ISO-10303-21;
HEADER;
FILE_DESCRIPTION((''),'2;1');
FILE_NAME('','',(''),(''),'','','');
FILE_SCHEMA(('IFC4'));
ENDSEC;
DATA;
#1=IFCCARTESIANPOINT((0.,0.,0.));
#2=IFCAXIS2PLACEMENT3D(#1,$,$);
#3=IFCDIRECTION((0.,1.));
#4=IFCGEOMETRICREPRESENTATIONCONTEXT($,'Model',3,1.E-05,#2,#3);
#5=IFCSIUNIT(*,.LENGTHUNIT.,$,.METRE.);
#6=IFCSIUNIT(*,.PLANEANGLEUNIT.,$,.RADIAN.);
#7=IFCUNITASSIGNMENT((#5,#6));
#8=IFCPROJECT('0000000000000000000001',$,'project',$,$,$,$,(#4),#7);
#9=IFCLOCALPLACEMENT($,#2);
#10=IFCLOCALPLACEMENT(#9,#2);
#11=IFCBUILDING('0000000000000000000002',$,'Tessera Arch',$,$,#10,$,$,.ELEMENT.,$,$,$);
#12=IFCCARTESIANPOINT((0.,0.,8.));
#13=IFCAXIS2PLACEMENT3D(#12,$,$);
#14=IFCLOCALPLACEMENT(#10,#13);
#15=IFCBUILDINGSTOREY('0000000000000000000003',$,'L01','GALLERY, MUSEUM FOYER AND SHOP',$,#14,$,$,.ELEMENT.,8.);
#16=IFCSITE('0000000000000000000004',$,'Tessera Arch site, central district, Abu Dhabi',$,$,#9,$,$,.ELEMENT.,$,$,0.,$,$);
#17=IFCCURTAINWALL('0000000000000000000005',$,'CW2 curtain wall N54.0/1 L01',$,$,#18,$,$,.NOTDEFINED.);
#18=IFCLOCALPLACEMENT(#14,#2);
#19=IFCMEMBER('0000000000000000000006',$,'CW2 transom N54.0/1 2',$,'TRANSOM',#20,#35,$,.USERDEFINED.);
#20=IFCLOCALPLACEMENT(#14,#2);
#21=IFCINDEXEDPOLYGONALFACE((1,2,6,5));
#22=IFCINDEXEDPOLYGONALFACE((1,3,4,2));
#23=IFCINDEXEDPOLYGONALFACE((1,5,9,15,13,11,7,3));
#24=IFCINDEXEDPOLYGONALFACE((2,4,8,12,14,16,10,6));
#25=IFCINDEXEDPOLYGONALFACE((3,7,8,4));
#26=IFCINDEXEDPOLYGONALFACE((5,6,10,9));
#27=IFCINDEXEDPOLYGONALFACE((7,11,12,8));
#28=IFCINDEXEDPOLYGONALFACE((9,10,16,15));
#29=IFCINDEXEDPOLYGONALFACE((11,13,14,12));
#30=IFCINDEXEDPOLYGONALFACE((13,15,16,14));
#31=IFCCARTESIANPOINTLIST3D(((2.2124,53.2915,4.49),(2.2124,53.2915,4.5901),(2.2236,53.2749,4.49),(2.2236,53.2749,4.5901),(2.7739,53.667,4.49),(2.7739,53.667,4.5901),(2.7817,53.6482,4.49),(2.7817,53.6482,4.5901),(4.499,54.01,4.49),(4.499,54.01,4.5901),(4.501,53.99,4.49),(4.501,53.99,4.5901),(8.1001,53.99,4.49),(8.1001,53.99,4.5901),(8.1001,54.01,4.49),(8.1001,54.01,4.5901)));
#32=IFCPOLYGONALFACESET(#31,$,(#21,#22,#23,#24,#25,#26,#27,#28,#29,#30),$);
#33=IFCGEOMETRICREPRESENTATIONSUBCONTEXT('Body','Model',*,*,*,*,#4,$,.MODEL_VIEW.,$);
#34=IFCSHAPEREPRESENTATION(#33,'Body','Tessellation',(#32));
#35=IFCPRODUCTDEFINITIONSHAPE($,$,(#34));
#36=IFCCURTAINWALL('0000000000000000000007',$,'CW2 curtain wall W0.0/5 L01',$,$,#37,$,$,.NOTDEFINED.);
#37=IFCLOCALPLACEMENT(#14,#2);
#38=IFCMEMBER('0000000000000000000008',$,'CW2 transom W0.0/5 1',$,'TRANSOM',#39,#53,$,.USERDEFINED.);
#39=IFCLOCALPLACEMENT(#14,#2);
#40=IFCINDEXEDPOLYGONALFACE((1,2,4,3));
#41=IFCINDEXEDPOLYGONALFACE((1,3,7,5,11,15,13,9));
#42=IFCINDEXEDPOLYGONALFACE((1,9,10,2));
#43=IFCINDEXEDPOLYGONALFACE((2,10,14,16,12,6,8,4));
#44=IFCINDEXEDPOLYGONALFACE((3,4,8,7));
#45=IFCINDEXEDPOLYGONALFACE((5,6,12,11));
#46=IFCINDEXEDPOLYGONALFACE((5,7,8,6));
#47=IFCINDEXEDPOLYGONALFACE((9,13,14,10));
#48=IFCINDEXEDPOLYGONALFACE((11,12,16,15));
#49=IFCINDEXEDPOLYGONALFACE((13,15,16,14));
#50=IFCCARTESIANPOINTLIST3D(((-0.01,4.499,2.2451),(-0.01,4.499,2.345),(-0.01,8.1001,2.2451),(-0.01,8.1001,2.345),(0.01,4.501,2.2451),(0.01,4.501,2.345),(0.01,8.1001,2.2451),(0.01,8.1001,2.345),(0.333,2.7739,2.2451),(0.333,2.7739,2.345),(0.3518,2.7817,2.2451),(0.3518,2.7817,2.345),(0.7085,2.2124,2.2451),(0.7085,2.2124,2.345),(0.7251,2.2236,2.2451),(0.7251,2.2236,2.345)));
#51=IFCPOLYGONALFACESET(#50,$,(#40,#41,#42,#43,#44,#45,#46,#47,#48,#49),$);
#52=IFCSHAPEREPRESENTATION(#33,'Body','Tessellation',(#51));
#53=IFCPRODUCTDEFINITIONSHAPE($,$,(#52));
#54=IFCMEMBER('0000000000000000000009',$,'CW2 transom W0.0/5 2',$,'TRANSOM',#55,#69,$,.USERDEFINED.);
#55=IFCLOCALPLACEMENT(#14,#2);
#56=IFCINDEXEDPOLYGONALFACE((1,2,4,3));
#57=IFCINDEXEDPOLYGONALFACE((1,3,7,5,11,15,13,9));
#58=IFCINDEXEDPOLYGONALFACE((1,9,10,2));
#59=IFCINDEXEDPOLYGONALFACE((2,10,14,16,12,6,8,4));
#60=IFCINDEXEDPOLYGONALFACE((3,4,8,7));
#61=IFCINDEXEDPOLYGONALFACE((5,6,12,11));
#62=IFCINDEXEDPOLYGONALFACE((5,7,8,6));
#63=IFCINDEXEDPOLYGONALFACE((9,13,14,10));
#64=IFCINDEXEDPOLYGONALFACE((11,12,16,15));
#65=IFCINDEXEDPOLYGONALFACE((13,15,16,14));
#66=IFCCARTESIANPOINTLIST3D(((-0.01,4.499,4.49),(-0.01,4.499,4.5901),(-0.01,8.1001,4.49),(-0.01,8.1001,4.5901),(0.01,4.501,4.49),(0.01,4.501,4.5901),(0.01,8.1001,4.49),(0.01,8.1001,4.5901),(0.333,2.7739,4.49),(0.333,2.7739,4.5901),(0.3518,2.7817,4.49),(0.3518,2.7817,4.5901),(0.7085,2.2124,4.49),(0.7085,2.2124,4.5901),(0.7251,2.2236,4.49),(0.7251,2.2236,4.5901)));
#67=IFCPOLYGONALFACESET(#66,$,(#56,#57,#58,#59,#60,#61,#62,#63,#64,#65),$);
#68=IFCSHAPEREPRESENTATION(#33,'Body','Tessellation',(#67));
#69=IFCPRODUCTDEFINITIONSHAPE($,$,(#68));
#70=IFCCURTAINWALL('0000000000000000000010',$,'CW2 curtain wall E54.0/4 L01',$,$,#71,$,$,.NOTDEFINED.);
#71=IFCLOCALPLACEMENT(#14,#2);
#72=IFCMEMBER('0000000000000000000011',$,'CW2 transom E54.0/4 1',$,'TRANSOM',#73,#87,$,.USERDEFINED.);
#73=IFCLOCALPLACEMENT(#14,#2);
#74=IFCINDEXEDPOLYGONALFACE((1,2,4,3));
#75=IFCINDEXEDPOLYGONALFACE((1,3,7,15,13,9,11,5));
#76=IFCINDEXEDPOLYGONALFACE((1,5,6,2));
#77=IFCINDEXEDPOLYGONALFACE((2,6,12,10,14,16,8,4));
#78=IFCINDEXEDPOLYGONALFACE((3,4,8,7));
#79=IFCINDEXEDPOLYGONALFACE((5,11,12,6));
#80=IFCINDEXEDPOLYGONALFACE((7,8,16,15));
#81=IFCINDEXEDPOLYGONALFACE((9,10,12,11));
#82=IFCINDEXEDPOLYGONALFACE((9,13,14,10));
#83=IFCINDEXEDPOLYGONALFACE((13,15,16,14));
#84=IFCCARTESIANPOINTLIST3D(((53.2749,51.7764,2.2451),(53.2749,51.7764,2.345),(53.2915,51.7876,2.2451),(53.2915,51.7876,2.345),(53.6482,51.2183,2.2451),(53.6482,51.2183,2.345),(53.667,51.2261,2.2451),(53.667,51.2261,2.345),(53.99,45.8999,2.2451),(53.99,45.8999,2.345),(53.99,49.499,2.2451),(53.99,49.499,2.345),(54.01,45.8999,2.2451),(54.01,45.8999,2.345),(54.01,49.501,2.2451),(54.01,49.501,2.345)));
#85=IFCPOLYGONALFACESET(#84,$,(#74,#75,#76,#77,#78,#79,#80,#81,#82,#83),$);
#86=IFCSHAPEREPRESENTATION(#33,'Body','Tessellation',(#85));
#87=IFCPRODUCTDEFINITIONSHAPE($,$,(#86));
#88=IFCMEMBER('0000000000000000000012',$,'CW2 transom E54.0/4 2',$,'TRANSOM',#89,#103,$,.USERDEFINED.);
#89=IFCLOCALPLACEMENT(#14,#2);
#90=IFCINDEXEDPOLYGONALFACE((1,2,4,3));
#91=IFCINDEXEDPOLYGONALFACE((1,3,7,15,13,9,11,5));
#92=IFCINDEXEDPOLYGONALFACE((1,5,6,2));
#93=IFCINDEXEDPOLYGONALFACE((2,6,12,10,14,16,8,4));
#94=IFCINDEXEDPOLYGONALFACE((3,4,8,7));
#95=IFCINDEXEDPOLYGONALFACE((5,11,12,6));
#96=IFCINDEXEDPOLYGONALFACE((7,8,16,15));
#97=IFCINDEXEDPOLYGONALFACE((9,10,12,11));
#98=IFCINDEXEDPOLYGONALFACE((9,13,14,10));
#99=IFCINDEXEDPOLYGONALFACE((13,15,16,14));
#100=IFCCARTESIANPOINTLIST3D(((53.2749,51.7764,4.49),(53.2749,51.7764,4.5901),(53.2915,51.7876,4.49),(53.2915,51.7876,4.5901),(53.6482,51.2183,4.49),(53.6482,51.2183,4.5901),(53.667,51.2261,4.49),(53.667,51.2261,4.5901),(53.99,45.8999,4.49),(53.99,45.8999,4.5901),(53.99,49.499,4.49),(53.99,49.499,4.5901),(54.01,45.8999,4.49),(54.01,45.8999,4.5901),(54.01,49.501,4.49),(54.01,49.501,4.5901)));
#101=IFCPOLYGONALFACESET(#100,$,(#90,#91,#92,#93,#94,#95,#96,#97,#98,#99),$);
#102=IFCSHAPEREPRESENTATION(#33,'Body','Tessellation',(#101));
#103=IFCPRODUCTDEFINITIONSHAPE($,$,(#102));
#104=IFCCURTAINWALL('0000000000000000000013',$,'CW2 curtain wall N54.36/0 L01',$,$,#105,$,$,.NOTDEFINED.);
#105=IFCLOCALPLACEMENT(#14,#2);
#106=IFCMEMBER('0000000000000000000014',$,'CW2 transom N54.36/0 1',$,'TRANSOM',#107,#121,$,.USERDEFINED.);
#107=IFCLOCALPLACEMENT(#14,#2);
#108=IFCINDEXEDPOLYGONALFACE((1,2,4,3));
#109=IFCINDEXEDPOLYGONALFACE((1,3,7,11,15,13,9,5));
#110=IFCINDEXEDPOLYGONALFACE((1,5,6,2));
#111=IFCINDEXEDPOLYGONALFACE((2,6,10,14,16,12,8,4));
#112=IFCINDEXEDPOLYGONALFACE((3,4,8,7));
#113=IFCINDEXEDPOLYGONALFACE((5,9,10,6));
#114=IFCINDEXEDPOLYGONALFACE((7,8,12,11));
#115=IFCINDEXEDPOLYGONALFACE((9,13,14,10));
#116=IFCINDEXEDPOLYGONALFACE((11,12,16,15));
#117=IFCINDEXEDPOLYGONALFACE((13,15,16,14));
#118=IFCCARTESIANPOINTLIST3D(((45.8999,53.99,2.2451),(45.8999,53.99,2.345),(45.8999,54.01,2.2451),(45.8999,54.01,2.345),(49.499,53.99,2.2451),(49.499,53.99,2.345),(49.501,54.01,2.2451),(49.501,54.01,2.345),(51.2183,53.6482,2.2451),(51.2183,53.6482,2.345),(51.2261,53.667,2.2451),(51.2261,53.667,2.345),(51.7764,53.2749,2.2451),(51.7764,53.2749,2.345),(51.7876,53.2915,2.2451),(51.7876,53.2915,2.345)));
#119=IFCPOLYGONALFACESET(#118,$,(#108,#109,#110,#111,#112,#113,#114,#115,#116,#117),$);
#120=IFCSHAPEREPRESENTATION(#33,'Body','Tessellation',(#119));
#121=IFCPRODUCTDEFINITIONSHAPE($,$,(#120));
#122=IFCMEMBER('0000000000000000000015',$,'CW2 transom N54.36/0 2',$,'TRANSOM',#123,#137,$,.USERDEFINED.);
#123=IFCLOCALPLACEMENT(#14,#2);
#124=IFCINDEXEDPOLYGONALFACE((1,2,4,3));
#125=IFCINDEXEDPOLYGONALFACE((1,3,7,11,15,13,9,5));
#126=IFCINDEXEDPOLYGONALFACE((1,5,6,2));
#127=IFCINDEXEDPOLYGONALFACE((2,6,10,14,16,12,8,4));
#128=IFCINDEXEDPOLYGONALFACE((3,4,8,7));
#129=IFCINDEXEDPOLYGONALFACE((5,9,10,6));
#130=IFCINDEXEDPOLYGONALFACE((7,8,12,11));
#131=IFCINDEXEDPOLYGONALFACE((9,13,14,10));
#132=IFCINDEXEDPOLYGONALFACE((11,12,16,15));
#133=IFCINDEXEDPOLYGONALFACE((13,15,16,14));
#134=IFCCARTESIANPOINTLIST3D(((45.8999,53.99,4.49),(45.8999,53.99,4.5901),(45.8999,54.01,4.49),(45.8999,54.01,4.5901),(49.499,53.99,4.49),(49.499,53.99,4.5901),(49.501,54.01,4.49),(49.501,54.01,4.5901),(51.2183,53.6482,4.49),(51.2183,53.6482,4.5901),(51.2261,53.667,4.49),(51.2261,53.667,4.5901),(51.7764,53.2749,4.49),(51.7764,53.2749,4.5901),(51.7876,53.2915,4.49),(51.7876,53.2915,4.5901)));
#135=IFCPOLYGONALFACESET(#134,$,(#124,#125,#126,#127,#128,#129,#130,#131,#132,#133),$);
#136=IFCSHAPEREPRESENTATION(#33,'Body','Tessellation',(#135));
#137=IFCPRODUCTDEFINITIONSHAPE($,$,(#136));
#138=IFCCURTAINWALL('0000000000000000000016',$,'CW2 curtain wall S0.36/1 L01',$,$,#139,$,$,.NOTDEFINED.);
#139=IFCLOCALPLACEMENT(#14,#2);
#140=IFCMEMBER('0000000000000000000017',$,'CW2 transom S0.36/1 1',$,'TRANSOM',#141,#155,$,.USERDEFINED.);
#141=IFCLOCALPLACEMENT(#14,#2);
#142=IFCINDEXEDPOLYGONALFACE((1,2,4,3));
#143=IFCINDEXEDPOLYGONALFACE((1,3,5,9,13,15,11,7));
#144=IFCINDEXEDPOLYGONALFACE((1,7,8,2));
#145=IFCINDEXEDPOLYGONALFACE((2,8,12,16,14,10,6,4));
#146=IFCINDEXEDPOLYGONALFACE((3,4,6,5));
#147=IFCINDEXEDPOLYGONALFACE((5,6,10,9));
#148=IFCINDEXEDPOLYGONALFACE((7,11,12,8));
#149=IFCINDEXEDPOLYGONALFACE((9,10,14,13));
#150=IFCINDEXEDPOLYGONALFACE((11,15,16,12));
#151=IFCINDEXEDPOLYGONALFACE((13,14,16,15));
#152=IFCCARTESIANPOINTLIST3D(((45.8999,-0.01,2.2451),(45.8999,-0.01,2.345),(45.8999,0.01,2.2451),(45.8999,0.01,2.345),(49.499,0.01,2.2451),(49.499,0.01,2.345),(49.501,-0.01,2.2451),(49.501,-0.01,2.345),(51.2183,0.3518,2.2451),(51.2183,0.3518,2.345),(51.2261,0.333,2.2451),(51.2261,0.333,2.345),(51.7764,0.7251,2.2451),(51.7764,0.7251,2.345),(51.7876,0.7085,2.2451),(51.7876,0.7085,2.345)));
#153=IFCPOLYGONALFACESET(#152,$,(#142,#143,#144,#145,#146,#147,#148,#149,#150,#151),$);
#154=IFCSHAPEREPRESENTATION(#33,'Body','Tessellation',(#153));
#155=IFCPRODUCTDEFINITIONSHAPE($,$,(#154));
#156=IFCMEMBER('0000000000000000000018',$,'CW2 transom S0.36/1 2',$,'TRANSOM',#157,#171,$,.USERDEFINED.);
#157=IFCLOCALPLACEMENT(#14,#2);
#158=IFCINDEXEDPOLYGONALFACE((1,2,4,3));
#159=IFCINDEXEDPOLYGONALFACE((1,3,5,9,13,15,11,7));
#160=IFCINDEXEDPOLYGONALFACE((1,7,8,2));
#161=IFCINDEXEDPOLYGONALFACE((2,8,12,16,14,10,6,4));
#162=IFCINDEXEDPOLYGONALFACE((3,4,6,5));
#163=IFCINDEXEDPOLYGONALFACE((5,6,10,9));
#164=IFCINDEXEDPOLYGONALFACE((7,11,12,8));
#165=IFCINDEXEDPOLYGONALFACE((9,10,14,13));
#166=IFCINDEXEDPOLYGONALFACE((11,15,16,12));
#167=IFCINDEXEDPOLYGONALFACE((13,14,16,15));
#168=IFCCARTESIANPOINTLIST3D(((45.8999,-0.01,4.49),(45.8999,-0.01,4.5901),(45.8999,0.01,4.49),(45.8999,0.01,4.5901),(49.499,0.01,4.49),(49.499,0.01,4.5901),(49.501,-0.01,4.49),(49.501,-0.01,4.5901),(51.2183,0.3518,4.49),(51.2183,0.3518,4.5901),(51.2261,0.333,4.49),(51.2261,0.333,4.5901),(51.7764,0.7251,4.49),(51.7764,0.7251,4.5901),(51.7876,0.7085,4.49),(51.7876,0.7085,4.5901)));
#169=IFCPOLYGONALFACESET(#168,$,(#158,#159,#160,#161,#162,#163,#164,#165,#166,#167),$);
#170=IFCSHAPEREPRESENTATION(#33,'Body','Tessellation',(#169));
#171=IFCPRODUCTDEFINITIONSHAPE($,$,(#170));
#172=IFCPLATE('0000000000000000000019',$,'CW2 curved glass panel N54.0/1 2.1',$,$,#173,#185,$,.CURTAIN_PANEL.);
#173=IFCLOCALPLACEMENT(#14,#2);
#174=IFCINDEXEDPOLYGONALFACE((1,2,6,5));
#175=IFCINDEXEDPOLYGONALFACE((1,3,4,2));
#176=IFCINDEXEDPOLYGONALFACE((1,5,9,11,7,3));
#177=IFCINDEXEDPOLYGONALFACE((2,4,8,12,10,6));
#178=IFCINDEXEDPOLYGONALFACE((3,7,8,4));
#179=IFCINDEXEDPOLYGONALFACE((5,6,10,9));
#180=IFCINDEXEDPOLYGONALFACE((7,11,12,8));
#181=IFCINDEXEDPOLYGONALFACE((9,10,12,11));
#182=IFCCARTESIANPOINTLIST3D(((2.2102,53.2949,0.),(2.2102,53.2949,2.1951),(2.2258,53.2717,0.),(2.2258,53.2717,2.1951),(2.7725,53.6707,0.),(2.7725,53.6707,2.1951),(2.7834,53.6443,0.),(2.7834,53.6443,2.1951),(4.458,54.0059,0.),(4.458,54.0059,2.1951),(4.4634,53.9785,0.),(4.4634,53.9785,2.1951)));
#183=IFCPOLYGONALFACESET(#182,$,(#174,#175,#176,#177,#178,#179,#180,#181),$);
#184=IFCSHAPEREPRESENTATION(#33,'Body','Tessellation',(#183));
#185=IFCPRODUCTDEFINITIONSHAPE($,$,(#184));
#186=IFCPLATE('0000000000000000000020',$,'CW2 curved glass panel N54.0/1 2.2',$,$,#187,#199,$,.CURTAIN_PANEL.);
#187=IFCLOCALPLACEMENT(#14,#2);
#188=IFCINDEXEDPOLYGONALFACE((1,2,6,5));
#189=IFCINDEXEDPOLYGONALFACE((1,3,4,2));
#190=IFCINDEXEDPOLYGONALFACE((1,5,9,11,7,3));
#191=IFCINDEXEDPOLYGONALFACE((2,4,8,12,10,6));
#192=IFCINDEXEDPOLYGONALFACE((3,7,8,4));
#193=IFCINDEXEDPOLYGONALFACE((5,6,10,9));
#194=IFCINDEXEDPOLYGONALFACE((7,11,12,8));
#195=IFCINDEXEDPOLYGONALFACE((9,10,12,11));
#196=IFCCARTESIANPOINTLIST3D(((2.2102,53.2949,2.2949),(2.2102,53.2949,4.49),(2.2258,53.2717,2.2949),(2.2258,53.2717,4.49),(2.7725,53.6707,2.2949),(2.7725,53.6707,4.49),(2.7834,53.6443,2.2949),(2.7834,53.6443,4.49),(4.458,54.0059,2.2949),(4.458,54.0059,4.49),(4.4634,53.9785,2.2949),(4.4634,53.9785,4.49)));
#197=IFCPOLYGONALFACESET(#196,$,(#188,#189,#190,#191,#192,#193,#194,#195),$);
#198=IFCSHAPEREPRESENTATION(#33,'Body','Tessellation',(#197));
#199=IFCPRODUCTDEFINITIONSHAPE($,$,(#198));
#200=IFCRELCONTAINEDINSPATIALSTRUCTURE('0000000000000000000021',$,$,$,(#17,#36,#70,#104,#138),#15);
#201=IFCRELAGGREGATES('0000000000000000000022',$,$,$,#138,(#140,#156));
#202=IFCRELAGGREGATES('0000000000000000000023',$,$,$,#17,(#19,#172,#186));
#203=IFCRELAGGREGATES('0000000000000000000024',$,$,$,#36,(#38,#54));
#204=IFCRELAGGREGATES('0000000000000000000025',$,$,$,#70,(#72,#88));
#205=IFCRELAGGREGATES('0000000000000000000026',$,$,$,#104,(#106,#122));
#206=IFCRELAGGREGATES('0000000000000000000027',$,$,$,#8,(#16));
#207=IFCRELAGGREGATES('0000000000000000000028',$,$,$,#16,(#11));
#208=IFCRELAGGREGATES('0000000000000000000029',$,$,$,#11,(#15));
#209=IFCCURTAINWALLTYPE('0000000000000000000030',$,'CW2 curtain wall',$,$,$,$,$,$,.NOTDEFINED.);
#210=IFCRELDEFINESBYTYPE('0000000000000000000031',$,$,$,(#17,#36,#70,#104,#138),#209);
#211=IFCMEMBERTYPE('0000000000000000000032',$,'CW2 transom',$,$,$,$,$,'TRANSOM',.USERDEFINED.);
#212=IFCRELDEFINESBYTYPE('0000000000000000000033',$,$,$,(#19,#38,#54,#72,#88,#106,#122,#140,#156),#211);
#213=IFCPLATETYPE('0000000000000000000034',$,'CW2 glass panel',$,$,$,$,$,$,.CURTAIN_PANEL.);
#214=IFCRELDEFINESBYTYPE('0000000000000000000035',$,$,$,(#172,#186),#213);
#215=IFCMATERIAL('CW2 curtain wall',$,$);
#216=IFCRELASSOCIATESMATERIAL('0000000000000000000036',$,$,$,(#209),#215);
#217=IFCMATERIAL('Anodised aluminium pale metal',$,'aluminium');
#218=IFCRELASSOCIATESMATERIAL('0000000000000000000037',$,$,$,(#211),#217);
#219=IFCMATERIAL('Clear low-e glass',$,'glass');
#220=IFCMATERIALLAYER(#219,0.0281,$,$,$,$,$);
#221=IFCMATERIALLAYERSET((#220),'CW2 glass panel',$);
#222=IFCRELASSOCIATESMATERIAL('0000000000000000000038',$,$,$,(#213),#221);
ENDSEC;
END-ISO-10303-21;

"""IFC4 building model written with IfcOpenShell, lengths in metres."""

from ifc_helpers import new_model, si_unit, direction, frame, origin, origin_2d, place, context, subcontext, project, spatial, polyline, rectangle, outline, extrude, material, layer, layer_set, material_profile, profile_set, type_object, element, aggregate, save


model = new_model("IFC4")

# Units and contexts
model_context = context("Model", 3, precision=1e-05, world=origin(), true_north=direction((0.0, 1.0)))
body_context = subcontext(model_context, "Body", "Model", "MODEL_VIEW")
ifc_project = project(units=[si_unit("LENGTHUNIT", "METRE"), si_unit("PLANEANGLEUNIT", "RADIAN")], contexts=[model_context])

# Site, building, storey
site_placement = place(None, origin())
site = spatial("IfcSite", under=ifc_project, at=site_placement, Name="Tessera Arch site, central district, Abu Dhabi", CompositionType="ELEMENT", RefElevation=0.0)
building_placement = place(site_placement, origin())
building = spatial("IfcBuilding", under=site, at=building_placement, Name="Tessera Arch", CompositionType="ELEMENT")
storey_placement = place(building_placement, frame((0.0, 0.0, 8.0)))
storey = spatial("IfcBuildingStorey", under=building, at=storey_placement, Name="L01", Description="GALLERY, MUSEUM FOYER AND SHOP", CompositionType="ELEMENT", Elevation=8.0)

# Curtain wall, member
ifc_material_1 = material(Name="CW2 curtain wall")
curtain_wall_type = type_object("IfcCurtainWallType", Name="CW2 curtain wall", PredefinedType="NOTDEFINED", material=ifc_material_1)
curtain_wall_1_placement = place(storey_placement, origin())
curtain_wall_1 = element("IfcCurtainWall", 1, at=curtain_wall_1_placement, inside=storey, type_object=curtain_wall_type, Name="CW2 curtain wall N54.0/1 L01", PredefinedType="NOTDEFINED")
ifc_material_2 = material(Name="Anodised aluminium pale metal", Category="aluminium")
ifc_material_profile = material_profile(ifc_material_2, rectangle(XDim=0.2, YDim=0.1001, at=origin_2d()), Name="AL 200x100")
ifc_profile_set = profile_set([ifc_material_profile], Name="Anodised aluminium pale metal")
member_type = type_object("IfcMemberType", Name="CW2 transom", ElementType="TRANSOM", PredefinedType="USERDEFINED", material=ifc_profile_set)
member_1_placement = place(storey_placement, frame((0.0, 0.0, 4.49)))
member_1 = element("IfcMember", 2, at=member_1_placement, type_object=member_type, Name="CW2 transom N54.0/1 2", ObjectType="TRANSOM", PredefinedType="USERDEFINED", context=body_context, shape_type="SweptSolid", body=[
    extrude(outline(polyline([(4.501, 53.99), (8.1001, 53.99), (8.1001, 54.01), (4.499, 54.01), (2.7739, 53.667), (2.2124, 53.2915), (2.2236, 53.2749), (2.7817, 53.6482), (4.501, 53.99)])), origin(), (0.0, 0.0, 1.0), 0.1001),
])

# Curtain walls, members
curtain_wall_2_placement = place(storey_placement, origin())
curtain_wall_2 = element("IfcCurtainWall", 3, at=curtain_wall_2_placement, inside=storey, type_object=curtain_wall_type, Name="CW2 curtain wall W0.0/5 L01", PredefinedType="NOTDEFINED")
member_2_placement = place(storey_placement, frame((0.0, 0.0, 2.2451)))
member_2 = element("IfcMember", 4, at=member_2_placement, type_object=member_type, Name="CW2 transom W0.0/5 1", ObjectType="TRANSOM", PredefinedType="USERDEFINED", context=body_context, shape_type="SweptSolid", body=[
    extrude(outline(polyline([(0.01, 4.501), (0.01, 8.1001), (-0.01, 8.1001), (-0.01, 4.499), (0.333, 2.7739), (0.7085, 2.2124), (0.7251, 2.2236), (0.3518, 2.7817), (0.01, 4.501)])), origin(), (0.0, 0.0, 1.0), 0.0999),
])
member_3_placement = place(storey_placement, frame((0.0, 0.0, 4.49)))
member_3 = element("IfcMember", 5, at=member_3_placement, type_object=member_type, Name="CW2 transom W0.0/5 2", ObjectType="TRANSOM", PredefinedType="USERDEFINED", context=body_context, shape_type="SweptSolid", body=[
    extrude(outline(polyline([(0.01, 4.501), (0.01, 8.1001), (-0.01, 8.1001), (-0.01, 4.499), (0.333, 2.7739), (0.7085, 2.2124), (0.7251, 2.2236), (0.3518, 2.7817), (0.01, 4.501)])), origin(), (0.0, 0.0, 1.0), 0.1001),
])
curtain_wall_3_placement = place(storey_placement, origin())
curtain_wall_3 = element("IfcCurtainWall", 6, at=curtain_wall_3_placement, inside=storey, type_object=curtain_wall_type, Name="CW2 curtain wall E54.0/4 L01", PredefinedType="NOTDEFINED")
member_4_placement = place(storey_placement, frame((0.0, 0.0, 2.2451)))
member_4 = element("IfcMember", 7, at=member_4_placement, type_object=member_type, Name="CW2 transom E54.0/4 1", ObjectType="TRANSOM", PredefinedType="USERDEFINED", context=body_context, shape_type="SweptSolid", body=[
    extrude(outline(polyline([(53.99, 49.499), (53.99, 45.8999), (54.01, 45.8999), (54.01, 49.501), (53.667, 51.2261), (53.2915, 51.7876), (53.2749, 51.7764), (53.6482, 51.2183), (53.99, 49.499)])), origin(), (0.0, 0.0, 1.0), 0.0999),
])
member_5_placement = place(storey_placement, frame((0.0, 0.0, 4.49)))
member_5 = element("IfcMember", 8, at=member_5_placement, type_object=member_type, Name="CW2 transom E54.0/4 2", ObjectType="TRANSOM", PredefinedType="USERDEFINED", context=body_context, shape_type="SweptSolid", body=[
    extrude(outline(polyline([(53.99, 49.499), (53.99, 45.8999), (54.01, 45.8999), (54.01, 49.501), (53.667, 51.2261), (53.2915, 51.7876), (53.2749, 51.7764), (53.6482, 51.2183), (53.99, 49.499)])), origin(), (0.0, 0.0, 1.0), 0.1001),
])
curtain_wall_4_placement = place(storey_placement, origin())
curtain_wall_4 = element("IfcCurtainWall", 9, at=curtain_wall_4_placement, inside=storey, type_object=curtain_wall_type, Name="CW2 curtain wall N54.36/0 L01", PredefinedType="NOTDEFINED")
member_6_placement = place(storey_placement, frame((0.0, 0.0, 2.2451)))
member_6 = element("IfcMember", 10, at=member_6_placement, type_object=member_type, Name="CW2 transom N54.36/0 1", ObjectType="TRANSOM", PredefinedType="USERDEFINED", context=body_context, shape_type="SweptSolid", body=[
    extrude(outline(polyline([(51.2183, 53.6482), (51.7764, 53.2749), (51.7876, 53.2915), (51.2261, 53.667), (49.501, 54.01), (45.8999, 54.01), (45.8999, 53.99), (49.499, 53.99), (51.2183, 53.6482)])), origin(), (0.0, 0.0, 1.0), 0.0999),
])
member_7_placement = place(storey_placement, frame((0.0, 0.0, 4.49)))
member_7 = element("IfcMember", 11, at=member_7_placement, type_object=member_type, Name="CW2 transom N54.36/0 2", ObjectType="TRANSOM", PredefinedType="USERDEFINED", context=body_context, shape_type="SweptSolid", body=[
    extrude(outline(polyline([(51.2183, 53.6482), (51.7764, 53.2749), (51.7876, 53.2915), (51.2261, 53.667), (49.501, 54.01), (45.8999, 54.01), (45.8999, 53.99), (49.499, 53.99), (51.2183, 53.6482)])), origin(), (0.0, 0.0, 1.0), 0.1001),
])
curtain_wall_5_placement = place(storey_placement, origin())
curtain_wall_5 = element("IfcCurtainWall", 12, at=curtain_wall_5_placement, inside=storey, type_object=curtain_wall_type, Name="CW2 curtain wall S0.36/1 L01", PredefinedType="NOTDEFINED")
member_8_placement = place(storey_placement, frame((0.0, 0.0, 2.2451)))
member_8 = element("IfcMember", 13, at=member_8_placement, type_object=member_type, Name="CW2 transom S0.36/1 1", ObjectType="TRANSOM", PredefinedType="USERDEFINED", context=body_context, shape_type="SweptSolid", body=[
    extrude(outline(polyline([(49.499, 0.01), (45.8999, 0.01), (45.8999, -0.01), (49.501, -0.01), (51.2261, 0.333), (51.7876, 0.7085), (51.7764, 0.7251), (51.2183, 0.3518), (49.499, 0.01)])), origin(), (0.0, 0.0, 1.0), 0.0999),
])
member_9_placement = place(storey_placement, frame((0.0, 0.0, 4.49)))
member_9 = element("IfcMember", 14, at=member_9_placement, type_object=member_type, Name="CW2 transom S0.36/1 2", ObjectType="TRANSOM", PredefinedType="USERDEFINED", context=body_context, shape_type="SweptSolid", body=[
    extrude(outline(polyline([(49.499, 0.01), (45.8999, 0.01), (45.8999, -0.01), (49.501, -0.01), (51.2261, 0.333), (51.7876, 0.7085), (51.7764, 0.7251), (51.2183, 0.3518), (49.499, 0.01)])), origin(), (0.0, 0.0, 1.0), 0.1001),
])

# Plates
ifc_material_3 = material(Name="Clear low-e glass", Category="glass")
ifc_layer_1 = layer(ifc_material_3, 0.0281)
ifc_layer_set_1 = layer_set([ifc_layer_1], Name="CW2 glass panel")
plate_type_1 = type_object("IfcPlateType", Name="CW2 glass panel", PredefinedType="CURTAIN_PANEL", material=ifc_layer_set_1)
plate_1_placement = place(storey_placement, origin())
plate_1 = element("IfcPlate", 15, at=plate_1_placement, type_object=plate_type_1, Name="CW2 curved glass panel N54.0/1 2.1", PredefinedType="CURTAIN_PANEL", context=body_context, shape_type="SweptSolid", body=[
    extrude(outline(polyline([(2.7834, 53.6443), (4.4634, 53.9785), (4.458, 54.0059), (2.7725, 53.6707), (2.2102, 53.2949), (2.2258, 53.2717), (2.7834, 53.6443)])), origin(), (0.0, 0.0, 1.0), 2.1951),
])
plate_2_placement = place(storey_placement, frame((0.0, 0.0, 2.2949)))
plate_2 = element("IfcPlate", 16, at=plate_2_placement, type_object=plate_type_1, Name="CW2 curved glass panel N54.0/1 2.2", PredefinedType="CURTAIN_PANEL", context=body_context, shape_type="SweptSolid", body=[
    extrude(outline(polyline([(2.7834, 53.6443), (4.4634, 53.9785), (4.458, 54.0059), (2.7725, 53.6707), (2.2102, 53.2949), (2.2258, 53.2717), (2.7834, 53.6443)])), origin(), (0.0, 0.0, 1.0), 2.1951),
])
aggregate(curtain_wall_5, [member_8, member_9])
aggregate(curtain_wall_1, [member_1, plate_1, plate_2])
aggregate(curtain_wall_2, [member_2, member_3])
aggregate(curtain_wall_3, [member_4, member_5])
aggregate(curtain_wall_4, [member_6, member_7])

save(model, "model.ifc")
